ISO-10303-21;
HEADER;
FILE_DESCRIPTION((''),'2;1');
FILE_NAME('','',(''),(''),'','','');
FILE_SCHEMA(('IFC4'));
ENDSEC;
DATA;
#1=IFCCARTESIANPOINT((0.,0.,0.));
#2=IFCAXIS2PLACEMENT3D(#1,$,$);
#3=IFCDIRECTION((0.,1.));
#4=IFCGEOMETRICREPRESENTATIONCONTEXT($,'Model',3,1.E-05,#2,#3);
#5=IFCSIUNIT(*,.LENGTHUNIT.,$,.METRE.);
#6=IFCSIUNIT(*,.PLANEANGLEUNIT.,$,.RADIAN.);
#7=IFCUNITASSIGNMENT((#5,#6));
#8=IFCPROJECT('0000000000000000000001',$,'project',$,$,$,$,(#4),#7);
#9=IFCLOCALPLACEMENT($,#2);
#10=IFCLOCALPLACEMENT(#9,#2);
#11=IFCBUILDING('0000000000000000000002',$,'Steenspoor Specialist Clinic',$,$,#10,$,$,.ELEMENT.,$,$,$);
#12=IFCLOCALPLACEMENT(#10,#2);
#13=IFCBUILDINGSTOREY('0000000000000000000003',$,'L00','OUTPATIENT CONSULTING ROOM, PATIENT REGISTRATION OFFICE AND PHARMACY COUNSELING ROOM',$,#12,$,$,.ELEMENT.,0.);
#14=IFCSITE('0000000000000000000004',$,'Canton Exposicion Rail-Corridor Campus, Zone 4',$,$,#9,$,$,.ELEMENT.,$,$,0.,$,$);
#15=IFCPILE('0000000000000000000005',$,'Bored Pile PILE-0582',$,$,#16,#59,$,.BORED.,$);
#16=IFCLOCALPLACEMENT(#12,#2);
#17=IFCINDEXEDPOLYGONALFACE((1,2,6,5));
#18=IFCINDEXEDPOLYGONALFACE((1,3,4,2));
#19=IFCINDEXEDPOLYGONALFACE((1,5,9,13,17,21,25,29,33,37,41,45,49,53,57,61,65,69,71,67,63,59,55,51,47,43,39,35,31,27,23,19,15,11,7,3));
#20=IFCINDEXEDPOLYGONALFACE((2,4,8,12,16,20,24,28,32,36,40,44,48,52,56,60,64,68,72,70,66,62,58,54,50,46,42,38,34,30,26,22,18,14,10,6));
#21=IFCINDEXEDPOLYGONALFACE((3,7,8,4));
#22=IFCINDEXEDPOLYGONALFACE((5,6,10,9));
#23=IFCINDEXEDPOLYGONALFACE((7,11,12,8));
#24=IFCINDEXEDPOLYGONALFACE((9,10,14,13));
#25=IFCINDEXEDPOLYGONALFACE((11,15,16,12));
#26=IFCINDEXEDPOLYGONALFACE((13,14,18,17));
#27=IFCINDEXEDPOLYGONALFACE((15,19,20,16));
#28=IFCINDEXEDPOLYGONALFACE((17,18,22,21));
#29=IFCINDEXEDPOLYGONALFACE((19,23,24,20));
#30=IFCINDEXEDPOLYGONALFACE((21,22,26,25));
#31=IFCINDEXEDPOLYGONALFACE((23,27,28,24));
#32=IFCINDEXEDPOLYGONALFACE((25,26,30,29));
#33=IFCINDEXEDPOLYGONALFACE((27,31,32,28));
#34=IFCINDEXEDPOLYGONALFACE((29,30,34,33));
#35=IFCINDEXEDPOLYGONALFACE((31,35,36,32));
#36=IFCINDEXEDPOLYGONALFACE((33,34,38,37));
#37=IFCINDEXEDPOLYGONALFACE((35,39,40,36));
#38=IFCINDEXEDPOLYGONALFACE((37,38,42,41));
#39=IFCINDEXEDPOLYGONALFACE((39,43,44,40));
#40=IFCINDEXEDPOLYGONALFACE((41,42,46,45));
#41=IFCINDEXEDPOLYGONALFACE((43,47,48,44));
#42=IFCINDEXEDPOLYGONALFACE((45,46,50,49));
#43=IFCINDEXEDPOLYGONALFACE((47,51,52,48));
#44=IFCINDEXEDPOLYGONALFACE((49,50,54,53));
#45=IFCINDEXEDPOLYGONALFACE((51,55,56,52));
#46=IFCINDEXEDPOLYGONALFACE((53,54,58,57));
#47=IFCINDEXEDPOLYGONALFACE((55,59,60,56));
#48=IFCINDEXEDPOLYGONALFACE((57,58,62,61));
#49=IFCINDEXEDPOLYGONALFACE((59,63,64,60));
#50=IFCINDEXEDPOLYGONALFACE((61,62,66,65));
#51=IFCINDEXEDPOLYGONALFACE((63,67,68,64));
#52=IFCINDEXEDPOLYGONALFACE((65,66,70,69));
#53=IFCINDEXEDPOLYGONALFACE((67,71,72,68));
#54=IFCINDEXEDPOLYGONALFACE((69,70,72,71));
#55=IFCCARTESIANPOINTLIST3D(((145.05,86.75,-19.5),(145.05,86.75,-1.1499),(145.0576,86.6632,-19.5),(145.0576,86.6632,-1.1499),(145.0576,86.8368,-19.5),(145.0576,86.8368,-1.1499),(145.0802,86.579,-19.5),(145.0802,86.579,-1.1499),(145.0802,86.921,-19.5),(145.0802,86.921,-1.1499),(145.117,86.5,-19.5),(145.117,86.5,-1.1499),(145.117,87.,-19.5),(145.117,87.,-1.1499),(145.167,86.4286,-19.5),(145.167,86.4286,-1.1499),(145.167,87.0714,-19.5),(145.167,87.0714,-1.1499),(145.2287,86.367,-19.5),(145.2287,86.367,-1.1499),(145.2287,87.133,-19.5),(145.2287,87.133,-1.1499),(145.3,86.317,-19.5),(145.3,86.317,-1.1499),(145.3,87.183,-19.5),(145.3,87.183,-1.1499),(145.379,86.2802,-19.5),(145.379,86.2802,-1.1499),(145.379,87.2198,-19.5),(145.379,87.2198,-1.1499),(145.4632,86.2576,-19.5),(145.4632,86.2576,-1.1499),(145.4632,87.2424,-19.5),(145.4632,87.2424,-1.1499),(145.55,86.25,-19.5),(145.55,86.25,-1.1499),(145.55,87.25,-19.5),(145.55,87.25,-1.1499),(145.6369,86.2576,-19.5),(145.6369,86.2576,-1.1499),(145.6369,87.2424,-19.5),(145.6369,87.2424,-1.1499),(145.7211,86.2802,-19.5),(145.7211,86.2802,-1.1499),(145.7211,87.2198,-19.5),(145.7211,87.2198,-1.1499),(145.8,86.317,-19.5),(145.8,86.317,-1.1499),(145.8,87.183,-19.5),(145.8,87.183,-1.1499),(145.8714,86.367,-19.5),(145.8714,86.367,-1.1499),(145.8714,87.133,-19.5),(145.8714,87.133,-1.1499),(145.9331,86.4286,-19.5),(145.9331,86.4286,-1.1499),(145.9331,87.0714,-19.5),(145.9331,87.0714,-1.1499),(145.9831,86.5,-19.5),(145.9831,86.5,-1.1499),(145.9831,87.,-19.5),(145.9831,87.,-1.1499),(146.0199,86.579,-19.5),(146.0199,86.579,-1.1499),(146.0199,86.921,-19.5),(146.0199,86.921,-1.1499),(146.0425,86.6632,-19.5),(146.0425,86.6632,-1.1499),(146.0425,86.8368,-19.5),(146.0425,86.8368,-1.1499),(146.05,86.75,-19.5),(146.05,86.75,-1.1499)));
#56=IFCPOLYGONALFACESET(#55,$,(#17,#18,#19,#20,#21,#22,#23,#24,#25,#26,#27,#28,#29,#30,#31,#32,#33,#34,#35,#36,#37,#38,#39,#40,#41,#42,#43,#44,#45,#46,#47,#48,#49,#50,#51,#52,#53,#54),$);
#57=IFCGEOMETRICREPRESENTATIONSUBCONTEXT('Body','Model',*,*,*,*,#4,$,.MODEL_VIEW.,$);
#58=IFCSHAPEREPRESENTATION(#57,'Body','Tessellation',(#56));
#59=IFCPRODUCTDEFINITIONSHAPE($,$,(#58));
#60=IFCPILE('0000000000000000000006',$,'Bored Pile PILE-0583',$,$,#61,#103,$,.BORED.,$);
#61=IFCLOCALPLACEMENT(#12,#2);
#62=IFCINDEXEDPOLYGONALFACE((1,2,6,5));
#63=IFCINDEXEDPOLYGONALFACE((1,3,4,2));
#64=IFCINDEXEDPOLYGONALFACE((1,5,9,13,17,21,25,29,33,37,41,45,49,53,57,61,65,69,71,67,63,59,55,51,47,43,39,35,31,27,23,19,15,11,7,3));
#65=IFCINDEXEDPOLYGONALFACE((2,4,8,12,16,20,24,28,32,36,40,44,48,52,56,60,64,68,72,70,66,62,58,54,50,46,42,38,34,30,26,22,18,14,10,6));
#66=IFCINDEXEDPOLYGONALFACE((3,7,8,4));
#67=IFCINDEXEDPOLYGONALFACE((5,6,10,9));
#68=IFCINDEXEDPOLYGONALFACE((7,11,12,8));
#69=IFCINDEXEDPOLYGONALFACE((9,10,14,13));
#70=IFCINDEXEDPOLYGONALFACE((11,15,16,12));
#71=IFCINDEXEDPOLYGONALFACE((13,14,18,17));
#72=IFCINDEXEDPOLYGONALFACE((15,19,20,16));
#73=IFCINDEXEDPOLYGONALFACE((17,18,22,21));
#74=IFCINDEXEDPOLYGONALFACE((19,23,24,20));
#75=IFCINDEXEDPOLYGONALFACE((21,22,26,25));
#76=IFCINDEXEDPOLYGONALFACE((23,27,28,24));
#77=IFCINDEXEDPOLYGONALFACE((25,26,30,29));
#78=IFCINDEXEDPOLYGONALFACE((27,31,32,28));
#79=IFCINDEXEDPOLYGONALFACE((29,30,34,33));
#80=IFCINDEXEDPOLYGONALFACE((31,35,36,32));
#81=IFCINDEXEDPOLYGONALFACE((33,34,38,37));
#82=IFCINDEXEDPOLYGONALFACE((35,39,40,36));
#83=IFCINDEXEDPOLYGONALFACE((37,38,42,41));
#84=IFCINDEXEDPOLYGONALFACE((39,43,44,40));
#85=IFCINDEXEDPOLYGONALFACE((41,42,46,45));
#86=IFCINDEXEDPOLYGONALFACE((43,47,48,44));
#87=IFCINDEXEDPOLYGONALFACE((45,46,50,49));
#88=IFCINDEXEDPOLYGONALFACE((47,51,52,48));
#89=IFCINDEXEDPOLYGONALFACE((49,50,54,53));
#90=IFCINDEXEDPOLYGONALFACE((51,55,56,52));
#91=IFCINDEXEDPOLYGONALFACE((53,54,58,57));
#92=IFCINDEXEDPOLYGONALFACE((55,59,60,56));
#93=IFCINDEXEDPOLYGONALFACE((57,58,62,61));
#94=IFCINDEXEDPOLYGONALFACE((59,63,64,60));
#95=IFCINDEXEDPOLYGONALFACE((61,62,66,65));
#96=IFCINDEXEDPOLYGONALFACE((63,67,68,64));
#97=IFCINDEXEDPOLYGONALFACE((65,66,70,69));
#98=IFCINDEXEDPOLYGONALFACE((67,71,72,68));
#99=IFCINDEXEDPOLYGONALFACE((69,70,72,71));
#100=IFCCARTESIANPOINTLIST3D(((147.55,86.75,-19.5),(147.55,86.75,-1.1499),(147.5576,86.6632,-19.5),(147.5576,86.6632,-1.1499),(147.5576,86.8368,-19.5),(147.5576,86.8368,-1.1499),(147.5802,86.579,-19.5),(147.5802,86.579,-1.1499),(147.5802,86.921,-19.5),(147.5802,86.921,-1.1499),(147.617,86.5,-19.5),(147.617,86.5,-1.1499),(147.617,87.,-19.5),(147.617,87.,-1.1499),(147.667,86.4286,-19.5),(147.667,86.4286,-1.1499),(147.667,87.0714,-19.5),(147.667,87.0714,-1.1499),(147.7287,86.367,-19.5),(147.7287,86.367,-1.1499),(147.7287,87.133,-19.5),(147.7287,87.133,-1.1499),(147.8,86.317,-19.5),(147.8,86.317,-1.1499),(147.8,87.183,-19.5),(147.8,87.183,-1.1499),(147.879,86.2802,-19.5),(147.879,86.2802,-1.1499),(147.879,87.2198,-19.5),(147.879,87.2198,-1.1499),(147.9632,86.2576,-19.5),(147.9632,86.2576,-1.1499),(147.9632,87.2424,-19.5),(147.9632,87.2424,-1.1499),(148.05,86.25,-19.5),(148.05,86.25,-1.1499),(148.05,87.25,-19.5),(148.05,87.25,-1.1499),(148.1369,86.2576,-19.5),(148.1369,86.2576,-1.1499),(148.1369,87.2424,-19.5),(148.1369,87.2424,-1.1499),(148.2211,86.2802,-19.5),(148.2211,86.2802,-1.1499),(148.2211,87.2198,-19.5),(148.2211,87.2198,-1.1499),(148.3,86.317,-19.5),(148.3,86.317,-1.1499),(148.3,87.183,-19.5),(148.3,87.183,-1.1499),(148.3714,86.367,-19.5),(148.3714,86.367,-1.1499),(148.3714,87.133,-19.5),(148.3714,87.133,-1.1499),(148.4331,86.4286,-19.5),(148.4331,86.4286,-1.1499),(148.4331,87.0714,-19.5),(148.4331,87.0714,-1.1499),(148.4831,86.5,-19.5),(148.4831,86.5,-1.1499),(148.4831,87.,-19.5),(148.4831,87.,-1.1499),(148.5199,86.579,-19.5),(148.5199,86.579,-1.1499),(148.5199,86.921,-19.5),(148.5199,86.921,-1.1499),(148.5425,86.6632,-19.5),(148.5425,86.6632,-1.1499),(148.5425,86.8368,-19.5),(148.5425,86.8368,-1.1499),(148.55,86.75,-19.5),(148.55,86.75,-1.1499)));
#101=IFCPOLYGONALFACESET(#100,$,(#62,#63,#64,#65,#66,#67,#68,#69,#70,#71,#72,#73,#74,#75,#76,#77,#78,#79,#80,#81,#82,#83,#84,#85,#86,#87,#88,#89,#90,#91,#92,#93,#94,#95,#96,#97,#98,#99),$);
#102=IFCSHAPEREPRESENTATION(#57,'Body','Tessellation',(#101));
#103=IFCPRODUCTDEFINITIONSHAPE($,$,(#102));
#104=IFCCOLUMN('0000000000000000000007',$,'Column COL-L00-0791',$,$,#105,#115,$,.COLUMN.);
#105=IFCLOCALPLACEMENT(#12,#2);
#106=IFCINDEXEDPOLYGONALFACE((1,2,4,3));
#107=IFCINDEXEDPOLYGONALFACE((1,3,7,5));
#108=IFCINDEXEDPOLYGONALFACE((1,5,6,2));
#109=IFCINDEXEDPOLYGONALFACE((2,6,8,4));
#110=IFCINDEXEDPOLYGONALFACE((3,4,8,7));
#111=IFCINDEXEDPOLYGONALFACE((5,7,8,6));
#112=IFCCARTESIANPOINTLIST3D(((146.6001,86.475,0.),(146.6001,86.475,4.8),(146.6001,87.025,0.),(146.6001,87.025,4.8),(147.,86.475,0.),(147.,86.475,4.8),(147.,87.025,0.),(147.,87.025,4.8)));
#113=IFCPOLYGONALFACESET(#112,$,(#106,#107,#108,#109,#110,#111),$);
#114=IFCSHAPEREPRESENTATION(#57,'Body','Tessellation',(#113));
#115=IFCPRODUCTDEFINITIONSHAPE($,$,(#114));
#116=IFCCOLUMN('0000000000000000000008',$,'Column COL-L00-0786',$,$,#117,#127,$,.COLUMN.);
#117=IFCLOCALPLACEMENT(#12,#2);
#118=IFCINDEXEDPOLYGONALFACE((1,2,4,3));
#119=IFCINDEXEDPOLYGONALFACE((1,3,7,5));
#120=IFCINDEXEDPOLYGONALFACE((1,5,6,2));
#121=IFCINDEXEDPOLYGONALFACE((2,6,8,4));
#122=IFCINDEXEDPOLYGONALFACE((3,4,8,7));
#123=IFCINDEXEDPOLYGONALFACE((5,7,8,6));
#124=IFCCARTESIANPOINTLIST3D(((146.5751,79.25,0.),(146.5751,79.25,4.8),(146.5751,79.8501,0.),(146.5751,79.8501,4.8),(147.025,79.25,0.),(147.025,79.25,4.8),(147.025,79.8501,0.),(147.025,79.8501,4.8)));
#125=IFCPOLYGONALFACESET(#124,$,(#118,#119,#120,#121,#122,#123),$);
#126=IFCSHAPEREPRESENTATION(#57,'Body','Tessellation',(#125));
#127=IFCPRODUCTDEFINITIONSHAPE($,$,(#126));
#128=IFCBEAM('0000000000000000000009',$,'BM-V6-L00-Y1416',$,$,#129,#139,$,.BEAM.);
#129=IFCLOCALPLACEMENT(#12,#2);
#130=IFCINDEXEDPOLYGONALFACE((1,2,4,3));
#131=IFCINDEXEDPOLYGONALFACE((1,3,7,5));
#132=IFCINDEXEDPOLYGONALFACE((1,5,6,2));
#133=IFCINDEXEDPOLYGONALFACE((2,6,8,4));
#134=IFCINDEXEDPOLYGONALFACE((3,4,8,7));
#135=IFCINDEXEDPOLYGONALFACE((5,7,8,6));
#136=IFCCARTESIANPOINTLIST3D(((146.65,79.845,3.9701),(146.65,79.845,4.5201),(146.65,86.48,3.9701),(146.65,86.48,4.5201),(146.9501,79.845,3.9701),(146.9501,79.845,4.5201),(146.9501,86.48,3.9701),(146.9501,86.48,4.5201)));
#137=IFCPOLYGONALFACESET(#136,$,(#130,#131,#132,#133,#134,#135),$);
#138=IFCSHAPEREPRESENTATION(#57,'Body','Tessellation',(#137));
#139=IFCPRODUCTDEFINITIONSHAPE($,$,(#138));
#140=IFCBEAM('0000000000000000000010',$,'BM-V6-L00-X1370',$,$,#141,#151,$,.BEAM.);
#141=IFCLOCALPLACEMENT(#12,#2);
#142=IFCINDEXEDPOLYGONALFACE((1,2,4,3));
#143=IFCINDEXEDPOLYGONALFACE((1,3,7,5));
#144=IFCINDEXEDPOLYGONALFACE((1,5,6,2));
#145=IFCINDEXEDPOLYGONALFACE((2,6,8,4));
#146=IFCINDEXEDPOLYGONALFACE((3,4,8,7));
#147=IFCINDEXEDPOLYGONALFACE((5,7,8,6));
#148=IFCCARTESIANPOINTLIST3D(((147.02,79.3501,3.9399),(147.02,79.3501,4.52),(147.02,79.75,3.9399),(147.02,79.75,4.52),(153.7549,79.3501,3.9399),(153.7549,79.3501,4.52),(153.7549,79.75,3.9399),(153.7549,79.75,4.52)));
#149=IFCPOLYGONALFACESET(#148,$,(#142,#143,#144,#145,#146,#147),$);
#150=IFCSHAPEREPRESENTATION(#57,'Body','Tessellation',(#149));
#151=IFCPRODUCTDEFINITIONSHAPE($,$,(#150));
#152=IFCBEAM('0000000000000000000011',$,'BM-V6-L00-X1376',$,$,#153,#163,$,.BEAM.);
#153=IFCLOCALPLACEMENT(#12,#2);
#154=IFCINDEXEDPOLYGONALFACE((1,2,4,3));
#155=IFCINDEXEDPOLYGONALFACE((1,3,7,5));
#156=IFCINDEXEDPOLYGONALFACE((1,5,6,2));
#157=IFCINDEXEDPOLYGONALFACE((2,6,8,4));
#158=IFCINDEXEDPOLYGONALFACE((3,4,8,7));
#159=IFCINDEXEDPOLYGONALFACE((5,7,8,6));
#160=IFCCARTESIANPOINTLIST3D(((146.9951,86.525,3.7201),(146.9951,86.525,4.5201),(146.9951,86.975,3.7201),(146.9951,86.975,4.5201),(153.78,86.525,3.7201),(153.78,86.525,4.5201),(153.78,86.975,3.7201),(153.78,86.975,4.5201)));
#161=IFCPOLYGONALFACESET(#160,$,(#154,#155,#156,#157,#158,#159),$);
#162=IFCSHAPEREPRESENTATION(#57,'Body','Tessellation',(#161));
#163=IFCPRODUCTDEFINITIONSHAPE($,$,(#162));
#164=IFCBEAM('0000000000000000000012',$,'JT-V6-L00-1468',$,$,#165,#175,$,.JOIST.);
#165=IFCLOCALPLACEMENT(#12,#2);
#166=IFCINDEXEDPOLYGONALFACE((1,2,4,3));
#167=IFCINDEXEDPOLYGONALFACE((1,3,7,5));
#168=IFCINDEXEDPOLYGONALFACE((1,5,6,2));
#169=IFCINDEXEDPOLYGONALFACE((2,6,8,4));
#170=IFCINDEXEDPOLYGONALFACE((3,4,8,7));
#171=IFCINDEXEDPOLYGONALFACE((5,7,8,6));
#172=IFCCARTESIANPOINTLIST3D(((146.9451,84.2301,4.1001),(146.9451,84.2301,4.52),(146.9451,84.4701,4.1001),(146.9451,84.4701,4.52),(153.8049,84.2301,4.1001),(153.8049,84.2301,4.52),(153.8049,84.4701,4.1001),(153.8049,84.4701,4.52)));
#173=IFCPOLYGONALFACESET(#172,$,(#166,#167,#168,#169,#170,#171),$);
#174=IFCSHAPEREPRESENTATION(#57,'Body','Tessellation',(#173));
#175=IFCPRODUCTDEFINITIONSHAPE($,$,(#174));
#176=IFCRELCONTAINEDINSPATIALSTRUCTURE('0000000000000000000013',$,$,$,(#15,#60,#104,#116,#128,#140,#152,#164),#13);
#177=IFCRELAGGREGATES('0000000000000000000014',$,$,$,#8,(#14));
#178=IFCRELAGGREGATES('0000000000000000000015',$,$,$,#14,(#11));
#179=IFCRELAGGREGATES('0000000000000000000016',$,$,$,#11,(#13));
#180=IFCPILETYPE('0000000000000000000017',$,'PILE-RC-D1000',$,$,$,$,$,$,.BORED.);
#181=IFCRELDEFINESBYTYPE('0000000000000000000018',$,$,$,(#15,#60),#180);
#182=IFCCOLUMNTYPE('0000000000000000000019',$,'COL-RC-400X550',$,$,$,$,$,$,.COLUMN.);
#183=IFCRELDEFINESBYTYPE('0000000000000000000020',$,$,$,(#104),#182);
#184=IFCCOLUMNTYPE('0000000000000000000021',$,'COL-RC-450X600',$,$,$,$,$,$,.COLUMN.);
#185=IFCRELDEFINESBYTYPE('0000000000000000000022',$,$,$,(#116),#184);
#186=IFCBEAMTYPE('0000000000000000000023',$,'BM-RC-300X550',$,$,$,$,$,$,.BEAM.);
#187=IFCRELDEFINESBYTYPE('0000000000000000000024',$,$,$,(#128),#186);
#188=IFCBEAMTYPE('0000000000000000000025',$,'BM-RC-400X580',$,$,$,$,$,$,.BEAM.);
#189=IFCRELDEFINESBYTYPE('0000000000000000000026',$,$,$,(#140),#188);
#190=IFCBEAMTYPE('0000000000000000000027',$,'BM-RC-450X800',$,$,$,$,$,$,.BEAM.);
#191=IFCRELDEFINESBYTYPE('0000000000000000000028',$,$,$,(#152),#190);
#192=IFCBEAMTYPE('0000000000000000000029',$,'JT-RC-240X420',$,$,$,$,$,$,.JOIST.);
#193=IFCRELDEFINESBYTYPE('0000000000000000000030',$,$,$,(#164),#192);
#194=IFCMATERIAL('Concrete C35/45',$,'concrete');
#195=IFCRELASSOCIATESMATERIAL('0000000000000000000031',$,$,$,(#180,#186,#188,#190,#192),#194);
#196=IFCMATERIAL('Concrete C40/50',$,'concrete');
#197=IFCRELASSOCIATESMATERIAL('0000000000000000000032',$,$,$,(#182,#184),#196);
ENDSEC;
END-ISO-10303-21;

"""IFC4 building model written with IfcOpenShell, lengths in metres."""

from ifc_helpers import new_model, si_unit, direction, frame, origin, origin_2d, place, context, subcontext, project, spatial, rectangle, circle, extrude, material, material_profile, profile_set, type_object, element, save


model = new_model("IFC4")

# Units and contexts
model_context = context("Model", 3, precision=1e-05, world=origin(), true_north=direction((0.0, 1.0)))
body_context = subcontext(model_context, "Body", "Model", "MODEL_VIEW")
ifc_project = project(units=[si_unit("LENGTHUNIT", "METRE"), si_unit("PLANEANGLEUNIT", "RADIAN")], contexts=[model_context])

# Site, building, storey
site_placement = place(None, origin())
site = spatial("IfcSite", under=ifc_project, at=site_placement, Name="Canton Exposicion Rail-Corridor Campus, Zone 4", CompositionType="ELEMENT", RefElevation=0.0)
building_placement = place(site_placement, origin())
building = spatial("IfcBuilding", under=site, at=building_placement, Name="Steenspoor Specialist Clinic", CompositionType="ELEMENT")
storey_placement = place(building_placement, origin())
storey = spatial("IfcBuildingStorey", under=building, at=storey_placement, Name="L00", Description="OUTPATIENT CONSULTING ROOM, PATIENT REGISTRATION OFFICE AND PHARMACY COUNSELING ROOM", CompositionType="ELEMENT", Elevation=0.0)

# Shared definitions
ifc_material_1 = material(Name="Concrete C35/45", Category="concrete")

# Piles
ifc_material_profile_1 = material_profile(ifc_material_1, circle(Radius=0.5, at=origin_2d()), Name="PILE-D1000")
ifc_profile_set_1 = profile_set([ifc_material_profile_1], Name="Concrete C35/45")
pile_type = type_object("IfcPileType", Name="PILE-RC-D1000", PredefinedType="BORED", material=ifc_profile_set_1)
for number, where, z_axis, x_axis, name in (
    (1, (145.55, 86.75, -1.1499), (0.0, 0.0, -1.0), (1.0, 0.0, 0.0), "Bored Pile PILE-0582"),
    (2, (148.05, 86.75, -1.1499), (0.0, 0.0, -1.0), (1.0, 0.0, 0.0), "Bored Pile PILE-0583"),
):
    element("IfcPile", number, at=place(storey_placement, frame(where, z_axis=z_axis, x_axis=x_axis)), inside=storey, type_object=pile_type, Name=name, PredefinedType="BORED", context=body_context, shape_type="SweptSolid", body=[
        extrude(circle(Radius=0.5, at=origin_2d()), origin(), (0.0, 0.0, 1.0), 18.3501),
    ])

# Columns
ifc_material_2 = material(Name="Concrete C40/50", Category="concrete")
ifc_material_profile_2 = material_profile(ifc_material_2, rectangle(XDim=0.3999, YDim=0.55, at=origin_2d()), Name="RC-COL-400X550")
ifc_profile_set_2 = profile_set([ifc_material_profile_2], Name="Concrete C40/50")
column_type_1 = type_object("IfcColumnType", Name="COL-RC-400X550", PredefinedType="COLUMN", material=ifc_profile_set_2)
column_1_placement = place(storey_placement, frame((146.8, 86.75, 0.0), z_axis=(0.0, 0.0, 1.0), x_axis=(1.0, 0.0, 0.0)))
element("IfcColumn", 3, at=column_1_placement, inside=storey, type_object=column_type_1, Name="Column COL-L00-0791", PredefinedType="COLUMN", context=body_context, shape_type="SweptSolid", body=[
    extrude(rectangle(XDim=0.3999, YDim=0.55, at=origin_2d()), origin(), (0.0, 0.0, 1.0), 4.8),
])
ifc_material_profile_3 = material_profile(ifc_material_2, rectangle(XDim=0.45, YDim=0.6001, at=origin_2d()), Name="RC-COL-450X600")
ifc_profile_set_3 = profile_set([ifc_material_profile_3], Name="Concrete C40/50")
column_type_2 = type_object("IfcColumnType", Name="COL-RC-450X600", PredefinedType="COLUMN", material=ifc_profile_set_3)
column_2_placement = place(storey_placement, frame((146.8, 79.55, 0.0), z_axis=(0.0, 0.0, 1.0), x_axis=(1.0, 0.0, 0.0)))
element("IfcColumn", 4, at=column_2_placement, inside=storey, type_object=column_type_2, Name="Column COL-L00-0786", PredefinedType="COLUMN", context=body_context, shape_type="SweptSolid", body=[
    extrude(rectangle(XDim=0.45, YDim=0.6001, at=origin_2d()), origin(), (0.0, 0.0, 1.0), 4.8),
])

# Beams
ifc_material_profile_4 = material_profile(ifc_material_1, rectangle(XDim=0.3, YDim=0.55, at=origin_2d()), Name="RC-BM-300X550")
ifc_profile_set_4 = profile_set([ifc_material_profile_4], Name="Concrete C35/45")
beam_type_1 = type_object("IfcBeamType", Name="BM-RC-300X550", PredefinedType="BEAM", material=ifc_profile_set_4)
beam_1_placement = place(storey_placement, frame((146.8, 79.845, 4.2451), z_axis=(0.0, 1.0, 0.0), x_axis=(-1.0, 0.0, 0.0)))
element("IfcBeam", 5, at=beam_1_placement, inside=storey, type_object=beam_type_1, Name="BM-V6-L00-Y1416", PredefinedType="BEAM", context=body_context, shape_type="SweptSolid", body=[
    extrude(rectangle(XDim=0.3, YDim=0.55, at=origin_2d()), origin(), (0.0, 0.0, 1.0), 6.635),
])
ifc_material_profile_5 = material_profile(ifc_material_1, rectangle(XDim=0.3999, YDim=0.5801, at=origin_2d()), Name="RC-BM-400X580")
ifc_profile_set_5 = profile_set([ifc_material_profile_5], Name="Concrete C35/45")
beam_type_2 = type_object("IfcBeamType", Name="BM-RC-400X580", PredefinedType="BEAM", material=ifc_profile_set_5)
beam_2_placement = place(storey_placement, frame((147.02, 79.55, 4.23), z_axis=(1.0, 0.0, 0.0), x_axis=(0.0, 1.0, 0.0)))
element("IfcBeam", 6, at=beam_2_placement, inside=storey, type_object=beam_type_2, Name="BM-V6-L00-X1370", PredefinedType="BEAM", context=body_context, shape_type="SweptSolid", body=[
    extrude(rectangle(XDim=0.3999, YDim=0.5801, at=origin_2d()), origin(), (0.0, 0.0, 1.0), 6.7349),
])
ifc_material_profile_6 = material_profile(ifc_material_1, rectangle(XDim=0.45, YDim=0.8, at=origin_2d()), Name="RC-BM-450X800")
ifc_profile_set_6 = profile_set([ifc_material_profile_6], Name="Concrete C35/45")
beam_type_3 = type_object("IfcBeamType", Name="BM-RC-450X800", PredefinedType="BEAM", material=ifc_profile_set_6)
beam_3_placement = place(storey_placement, frame((146.9951, 86.75, 4.1201), z_axis=(1.0, 0.0, 0.0), x_axis=(0.0, 1.0, 0.0)))
element("IfcBeam", 7, at=beam_3_placement, inside=storey, type_object=beam_type_3, Name="BM-V6-L00-X1376", PredefinedType="BEAM", context=body_context, shape_type="SweptSolid", body=[
    extrude(rectangle(XDim=0.45, YDim=0.8, at=origin_2d()), origin(), (0.0, 0.0, 1.0), 6.7849),
])
ifc_material_profile_7 = material_profile(ifc_material_1, rectangle(XDim=0.24, YDim=0.4199, at=origin_2d()), Name="RC-JT-240X420")
ifc_profile_set_7 = profile_set([ifc_material_profile_7], Name="Concrete C35/45")
beam_type_4 = type_object("IfcBeamType", Name="JT-RC-240X420", PredefinedType="JOIST", material=ifc_profile_set_7)
beam_4_placement = place(storey_placement, frame((146.9451, 84.3501, 4.3101), z_axis=(1.0, 0.0, 0.0), x_axis=(0.0, 1.0, 0.0)))
element("IfcBeam", 8, at=beam_4_placement, inside=storey, type_object=beam_type_4, Name="JT-V6-L00-1468", PredefinedType="JOIST", context=body_context, shape_type="SweptSolid", body=[
    extrude(rectangle(XDim=0.24, YDim=0.4199, at=origin_2d()), origin(), (0.0, 0.0, 1.0), 6.8599),
])

save(model, "model.ifc")
